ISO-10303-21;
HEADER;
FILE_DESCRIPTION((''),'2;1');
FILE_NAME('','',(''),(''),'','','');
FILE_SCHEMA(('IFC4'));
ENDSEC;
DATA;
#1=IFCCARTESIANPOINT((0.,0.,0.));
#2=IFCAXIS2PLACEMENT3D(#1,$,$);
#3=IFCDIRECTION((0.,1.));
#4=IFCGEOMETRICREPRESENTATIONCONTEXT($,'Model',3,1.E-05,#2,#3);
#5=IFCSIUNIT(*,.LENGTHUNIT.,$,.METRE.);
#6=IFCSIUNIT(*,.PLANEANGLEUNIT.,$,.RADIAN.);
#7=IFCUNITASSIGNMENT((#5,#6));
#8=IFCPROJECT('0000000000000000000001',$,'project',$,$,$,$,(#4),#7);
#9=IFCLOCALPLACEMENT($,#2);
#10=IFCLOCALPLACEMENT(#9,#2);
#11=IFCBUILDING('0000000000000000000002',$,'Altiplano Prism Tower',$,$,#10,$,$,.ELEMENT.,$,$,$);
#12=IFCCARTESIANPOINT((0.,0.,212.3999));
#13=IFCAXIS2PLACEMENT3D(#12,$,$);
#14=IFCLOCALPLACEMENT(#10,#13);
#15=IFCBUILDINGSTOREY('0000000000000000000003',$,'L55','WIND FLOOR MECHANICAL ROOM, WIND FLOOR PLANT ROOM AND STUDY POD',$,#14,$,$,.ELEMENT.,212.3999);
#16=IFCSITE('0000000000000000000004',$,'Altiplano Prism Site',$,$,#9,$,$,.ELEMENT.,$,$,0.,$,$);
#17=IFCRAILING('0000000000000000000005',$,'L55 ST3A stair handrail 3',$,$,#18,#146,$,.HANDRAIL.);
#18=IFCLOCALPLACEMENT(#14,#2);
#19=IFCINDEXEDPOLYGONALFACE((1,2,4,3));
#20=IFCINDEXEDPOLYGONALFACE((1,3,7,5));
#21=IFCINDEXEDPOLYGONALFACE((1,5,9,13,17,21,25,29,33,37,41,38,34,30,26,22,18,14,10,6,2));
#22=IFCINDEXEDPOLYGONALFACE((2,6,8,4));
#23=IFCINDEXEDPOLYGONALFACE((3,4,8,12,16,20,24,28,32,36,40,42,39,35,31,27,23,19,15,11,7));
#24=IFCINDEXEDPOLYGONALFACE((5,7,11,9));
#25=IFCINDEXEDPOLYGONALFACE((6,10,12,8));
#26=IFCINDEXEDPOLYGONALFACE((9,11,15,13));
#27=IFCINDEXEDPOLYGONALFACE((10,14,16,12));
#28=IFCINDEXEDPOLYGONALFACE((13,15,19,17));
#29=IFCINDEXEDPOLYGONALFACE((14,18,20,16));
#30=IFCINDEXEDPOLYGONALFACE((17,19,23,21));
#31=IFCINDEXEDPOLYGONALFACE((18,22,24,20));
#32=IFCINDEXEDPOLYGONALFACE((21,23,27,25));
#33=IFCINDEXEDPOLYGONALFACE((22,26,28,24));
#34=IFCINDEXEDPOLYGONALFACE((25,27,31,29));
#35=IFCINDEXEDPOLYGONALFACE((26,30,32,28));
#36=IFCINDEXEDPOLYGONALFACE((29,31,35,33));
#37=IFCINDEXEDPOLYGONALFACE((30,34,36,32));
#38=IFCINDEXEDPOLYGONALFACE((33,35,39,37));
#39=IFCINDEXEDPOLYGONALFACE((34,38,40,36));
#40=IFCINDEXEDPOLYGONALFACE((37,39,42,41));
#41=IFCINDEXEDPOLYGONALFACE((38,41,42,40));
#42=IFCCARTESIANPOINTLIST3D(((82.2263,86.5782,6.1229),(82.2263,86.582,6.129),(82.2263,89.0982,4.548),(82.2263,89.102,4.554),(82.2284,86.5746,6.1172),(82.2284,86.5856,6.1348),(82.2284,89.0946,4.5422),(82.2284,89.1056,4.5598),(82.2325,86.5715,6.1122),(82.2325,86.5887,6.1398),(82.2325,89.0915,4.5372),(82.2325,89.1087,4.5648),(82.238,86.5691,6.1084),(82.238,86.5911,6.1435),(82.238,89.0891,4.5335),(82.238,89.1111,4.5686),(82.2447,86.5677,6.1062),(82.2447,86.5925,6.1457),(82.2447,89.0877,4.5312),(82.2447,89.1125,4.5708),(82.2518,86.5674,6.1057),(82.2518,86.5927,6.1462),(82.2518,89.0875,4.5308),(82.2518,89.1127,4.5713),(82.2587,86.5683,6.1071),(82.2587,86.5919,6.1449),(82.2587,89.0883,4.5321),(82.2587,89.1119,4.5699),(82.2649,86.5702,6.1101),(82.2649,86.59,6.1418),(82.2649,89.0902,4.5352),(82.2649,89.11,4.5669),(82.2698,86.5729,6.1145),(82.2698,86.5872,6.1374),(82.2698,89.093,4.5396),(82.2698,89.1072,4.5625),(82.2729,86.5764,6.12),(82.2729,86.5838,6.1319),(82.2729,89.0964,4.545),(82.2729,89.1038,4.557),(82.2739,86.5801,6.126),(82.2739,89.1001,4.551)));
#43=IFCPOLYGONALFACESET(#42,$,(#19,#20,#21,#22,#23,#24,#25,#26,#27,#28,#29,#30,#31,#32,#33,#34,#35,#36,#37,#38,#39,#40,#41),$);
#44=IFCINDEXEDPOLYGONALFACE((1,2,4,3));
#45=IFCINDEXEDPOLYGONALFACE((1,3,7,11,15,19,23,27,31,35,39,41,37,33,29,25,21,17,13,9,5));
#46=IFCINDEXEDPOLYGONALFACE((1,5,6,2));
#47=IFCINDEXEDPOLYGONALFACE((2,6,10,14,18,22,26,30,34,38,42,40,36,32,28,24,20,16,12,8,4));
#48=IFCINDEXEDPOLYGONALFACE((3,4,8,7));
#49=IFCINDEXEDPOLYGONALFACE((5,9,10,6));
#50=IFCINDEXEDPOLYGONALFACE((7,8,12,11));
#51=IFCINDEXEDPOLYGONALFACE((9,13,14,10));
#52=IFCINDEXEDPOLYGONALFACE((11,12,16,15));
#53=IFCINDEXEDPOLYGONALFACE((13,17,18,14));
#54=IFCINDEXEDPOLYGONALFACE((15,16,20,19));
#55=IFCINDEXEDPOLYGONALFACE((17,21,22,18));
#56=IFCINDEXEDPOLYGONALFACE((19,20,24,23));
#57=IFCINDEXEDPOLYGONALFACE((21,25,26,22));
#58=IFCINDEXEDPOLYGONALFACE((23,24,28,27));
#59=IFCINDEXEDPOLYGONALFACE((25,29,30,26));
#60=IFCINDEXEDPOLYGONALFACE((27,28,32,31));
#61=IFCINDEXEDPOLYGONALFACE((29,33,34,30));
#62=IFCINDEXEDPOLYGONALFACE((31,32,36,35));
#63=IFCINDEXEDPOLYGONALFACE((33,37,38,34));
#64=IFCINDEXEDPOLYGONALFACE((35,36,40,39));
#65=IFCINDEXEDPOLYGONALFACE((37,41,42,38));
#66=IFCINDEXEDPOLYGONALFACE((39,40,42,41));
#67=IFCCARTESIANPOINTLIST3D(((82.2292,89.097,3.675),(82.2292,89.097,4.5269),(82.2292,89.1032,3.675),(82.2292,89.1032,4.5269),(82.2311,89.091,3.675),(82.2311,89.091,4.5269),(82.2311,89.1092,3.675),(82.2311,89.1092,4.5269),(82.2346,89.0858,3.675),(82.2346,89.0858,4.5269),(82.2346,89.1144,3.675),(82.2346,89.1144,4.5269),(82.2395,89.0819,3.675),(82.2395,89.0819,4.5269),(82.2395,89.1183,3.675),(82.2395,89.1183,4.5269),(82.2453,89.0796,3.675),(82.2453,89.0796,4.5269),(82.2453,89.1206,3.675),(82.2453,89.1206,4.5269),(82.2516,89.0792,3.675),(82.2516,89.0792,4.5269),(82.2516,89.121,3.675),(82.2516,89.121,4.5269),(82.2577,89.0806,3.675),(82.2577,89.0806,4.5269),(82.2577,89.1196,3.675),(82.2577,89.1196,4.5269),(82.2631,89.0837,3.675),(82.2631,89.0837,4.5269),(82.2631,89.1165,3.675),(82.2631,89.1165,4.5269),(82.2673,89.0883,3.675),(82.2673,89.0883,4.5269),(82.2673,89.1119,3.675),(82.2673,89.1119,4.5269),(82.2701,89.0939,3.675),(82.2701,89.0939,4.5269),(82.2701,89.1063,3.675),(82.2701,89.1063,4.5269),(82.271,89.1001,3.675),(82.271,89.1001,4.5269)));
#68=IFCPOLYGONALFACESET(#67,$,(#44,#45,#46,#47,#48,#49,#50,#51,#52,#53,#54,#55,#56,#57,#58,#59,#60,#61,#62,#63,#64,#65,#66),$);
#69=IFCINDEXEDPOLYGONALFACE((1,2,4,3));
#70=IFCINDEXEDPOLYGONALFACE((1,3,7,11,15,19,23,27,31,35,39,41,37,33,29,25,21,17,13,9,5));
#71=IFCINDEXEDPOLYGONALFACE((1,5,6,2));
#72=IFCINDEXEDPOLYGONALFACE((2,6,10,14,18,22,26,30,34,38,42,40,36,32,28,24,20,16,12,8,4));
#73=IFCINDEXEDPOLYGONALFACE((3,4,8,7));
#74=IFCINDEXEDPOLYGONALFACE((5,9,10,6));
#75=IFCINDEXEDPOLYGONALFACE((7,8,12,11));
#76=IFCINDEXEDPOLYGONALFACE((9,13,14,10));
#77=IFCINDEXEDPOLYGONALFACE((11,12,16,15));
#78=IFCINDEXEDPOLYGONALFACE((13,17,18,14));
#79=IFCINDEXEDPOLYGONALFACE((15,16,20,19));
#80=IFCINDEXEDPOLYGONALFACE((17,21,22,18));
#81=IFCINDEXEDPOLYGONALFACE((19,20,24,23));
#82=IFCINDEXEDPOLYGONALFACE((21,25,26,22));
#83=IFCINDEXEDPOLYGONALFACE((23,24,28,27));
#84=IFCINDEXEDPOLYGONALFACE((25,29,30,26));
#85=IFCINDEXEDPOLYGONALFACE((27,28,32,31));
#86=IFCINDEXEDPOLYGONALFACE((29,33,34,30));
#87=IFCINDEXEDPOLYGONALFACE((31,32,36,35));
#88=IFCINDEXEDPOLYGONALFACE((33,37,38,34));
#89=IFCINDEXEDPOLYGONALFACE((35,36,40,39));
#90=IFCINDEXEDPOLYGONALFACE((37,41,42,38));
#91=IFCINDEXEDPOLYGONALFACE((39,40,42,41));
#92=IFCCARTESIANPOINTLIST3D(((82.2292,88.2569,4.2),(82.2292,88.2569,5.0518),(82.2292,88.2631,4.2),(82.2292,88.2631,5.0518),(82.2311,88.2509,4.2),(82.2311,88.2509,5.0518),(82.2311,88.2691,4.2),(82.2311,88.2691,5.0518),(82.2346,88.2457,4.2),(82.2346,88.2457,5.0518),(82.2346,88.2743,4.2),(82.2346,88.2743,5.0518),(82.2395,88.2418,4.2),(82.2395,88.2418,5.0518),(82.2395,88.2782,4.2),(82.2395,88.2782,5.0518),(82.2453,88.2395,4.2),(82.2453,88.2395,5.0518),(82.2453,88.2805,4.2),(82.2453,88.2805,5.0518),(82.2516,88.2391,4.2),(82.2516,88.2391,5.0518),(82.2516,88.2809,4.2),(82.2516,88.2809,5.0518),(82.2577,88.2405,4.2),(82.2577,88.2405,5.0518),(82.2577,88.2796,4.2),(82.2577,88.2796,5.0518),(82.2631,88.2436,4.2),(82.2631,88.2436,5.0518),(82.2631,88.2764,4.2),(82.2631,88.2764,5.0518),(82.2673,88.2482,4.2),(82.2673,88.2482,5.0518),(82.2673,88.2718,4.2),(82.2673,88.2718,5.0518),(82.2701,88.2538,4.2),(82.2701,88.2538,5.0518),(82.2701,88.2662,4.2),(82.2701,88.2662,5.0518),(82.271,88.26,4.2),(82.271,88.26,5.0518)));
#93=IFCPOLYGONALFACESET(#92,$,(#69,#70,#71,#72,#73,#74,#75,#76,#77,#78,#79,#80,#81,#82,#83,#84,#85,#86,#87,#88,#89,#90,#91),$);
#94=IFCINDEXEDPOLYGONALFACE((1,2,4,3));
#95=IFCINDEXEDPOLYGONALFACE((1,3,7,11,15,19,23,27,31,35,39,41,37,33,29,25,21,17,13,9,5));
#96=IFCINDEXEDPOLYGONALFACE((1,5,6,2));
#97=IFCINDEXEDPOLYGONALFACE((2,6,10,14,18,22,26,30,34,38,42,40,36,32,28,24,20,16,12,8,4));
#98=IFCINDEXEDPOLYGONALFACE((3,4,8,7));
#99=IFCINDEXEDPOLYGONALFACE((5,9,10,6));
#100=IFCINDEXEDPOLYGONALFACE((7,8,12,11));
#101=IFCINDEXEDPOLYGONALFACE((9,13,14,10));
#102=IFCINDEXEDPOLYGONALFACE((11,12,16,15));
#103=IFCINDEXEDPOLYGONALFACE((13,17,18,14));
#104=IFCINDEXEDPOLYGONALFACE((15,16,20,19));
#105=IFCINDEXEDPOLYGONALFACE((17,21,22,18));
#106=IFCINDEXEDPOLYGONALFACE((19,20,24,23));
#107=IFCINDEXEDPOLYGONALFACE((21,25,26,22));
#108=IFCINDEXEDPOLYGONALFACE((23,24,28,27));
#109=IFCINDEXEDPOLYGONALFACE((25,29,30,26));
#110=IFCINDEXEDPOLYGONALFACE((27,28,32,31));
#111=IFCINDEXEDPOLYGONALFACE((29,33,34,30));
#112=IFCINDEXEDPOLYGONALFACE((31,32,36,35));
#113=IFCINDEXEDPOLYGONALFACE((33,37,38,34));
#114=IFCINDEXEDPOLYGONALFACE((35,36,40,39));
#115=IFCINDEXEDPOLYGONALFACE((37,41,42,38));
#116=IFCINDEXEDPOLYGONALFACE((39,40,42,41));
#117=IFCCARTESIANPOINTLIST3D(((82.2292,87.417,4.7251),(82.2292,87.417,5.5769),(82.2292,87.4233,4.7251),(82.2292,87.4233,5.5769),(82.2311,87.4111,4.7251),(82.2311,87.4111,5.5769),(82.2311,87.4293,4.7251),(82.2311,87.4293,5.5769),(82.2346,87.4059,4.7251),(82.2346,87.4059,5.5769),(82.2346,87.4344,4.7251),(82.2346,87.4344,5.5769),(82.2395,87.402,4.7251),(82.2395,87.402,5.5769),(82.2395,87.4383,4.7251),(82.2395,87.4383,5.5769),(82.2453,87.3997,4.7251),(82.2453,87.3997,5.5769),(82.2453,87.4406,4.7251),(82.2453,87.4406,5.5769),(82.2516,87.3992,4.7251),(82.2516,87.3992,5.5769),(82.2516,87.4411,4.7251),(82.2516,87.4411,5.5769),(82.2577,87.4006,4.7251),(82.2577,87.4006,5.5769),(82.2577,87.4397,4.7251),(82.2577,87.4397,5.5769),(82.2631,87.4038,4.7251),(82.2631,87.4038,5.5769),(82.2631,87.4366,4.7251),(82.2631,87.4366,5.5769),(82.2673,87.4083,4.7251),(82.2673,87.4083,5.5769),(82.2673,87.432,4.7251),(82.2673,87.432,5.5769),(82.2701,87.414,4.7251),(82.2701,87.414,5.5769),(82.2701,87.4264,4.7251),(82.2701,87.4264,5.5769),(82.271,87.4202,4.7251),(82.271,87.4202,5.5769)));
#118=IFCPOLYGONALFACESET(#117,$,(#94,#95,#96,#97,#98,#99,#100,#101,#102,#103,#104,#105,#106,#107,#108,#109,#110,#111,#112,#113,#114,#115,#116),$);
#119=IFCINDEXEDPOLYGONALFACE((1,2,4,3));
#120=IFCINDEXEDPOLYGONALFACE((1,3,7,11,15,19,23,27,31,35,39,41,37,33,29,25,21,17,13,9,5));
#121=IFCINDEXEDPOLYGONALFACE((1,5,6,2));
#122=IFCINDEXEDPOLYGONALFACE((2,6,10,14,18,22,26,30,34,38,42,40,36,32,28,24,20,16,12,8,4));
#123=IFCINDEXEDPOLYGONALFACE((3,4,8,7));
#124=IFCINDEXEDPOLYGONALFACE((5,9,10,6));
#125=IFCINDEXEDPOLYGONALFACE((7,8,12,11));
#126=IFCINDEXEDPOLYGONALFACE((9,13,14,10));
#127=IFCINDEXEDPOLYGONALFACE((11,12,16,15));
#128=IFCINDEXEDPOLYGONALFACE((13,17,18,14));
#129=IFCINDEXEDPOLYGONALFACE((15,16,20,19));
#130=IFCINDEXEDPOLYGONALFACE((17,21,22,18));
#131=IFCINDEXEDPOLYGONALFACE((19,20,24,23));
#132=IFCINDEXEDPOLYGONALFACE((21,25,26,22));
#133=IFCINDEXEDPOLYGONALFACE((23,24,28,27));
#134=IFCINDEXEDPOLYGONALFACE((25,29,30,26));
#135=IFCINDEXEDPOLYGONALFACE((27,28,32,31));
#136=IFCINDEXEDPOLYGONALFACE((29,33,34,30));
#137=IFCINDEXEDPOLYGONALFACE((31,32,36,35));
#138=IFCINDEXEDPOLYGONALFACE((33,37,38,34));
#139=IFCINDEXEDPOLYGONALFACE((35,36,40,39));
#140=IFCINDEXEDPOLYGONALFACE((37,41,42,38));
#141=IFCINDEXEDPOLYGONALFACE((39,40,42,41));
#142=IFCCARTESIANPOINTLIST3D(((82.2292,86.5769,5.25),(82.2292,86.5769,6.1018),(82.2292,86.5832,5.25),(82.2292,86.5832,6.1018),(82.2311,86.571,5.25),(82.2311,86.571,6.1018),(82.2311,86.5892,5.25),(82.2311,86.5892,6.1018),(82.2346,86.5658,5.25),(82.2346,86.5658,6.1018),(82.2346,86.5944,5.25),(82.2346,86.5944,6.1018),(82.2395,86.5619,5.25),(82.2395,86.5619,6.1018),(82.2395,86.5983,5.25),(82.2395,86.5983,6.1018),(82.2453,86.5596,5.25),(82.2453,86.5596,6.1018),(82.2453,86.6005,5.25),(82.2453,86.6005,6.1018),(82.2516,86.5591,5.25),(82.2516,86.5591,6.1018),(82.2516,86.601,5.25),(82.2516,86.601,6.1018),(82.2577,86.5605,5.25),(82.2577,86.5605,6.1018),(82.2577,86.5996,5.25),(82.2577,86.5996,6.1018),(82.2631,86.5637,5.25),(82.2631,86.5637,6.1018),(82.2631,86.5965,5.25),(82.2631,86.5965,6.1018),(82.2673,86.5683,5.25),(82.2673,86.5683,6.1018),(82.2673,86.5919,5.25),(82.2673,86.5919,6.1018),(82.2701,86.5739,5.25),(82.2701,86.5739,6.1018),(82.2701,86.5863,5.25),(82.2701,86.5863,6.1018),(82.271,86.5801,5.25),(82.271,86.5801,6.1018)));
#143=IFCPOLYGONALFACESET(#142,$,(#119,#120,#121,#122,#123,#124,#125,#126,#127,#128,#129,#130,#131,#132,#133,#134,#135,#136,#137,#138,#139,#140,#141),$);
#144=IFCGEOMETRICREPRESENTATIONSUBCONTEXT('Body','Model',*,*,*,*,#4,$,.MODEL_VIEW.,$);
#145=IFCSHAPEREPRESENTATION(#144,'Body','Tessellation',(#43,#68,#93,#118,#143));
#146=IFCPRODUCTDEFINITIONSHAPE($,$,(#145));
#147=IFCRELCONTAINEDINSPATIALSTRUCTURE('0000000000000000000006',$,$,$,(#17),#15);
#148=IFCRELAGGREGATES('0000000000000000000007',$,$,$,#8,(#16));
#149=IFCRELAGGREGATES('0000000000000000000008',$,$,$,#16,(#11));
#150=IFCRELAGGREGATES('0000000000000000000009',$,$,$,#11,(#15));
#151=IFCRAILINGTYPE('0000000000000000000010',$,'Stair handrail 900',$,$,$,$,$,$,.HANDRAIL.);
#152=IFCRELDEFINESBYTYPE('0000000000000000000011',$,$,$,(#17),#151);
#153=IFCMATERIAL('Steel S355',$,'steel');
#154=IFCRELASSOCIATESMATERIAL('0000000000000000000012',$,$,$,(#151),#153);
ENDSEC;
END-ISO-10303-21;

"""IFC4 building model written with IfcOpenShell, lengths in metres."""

from ifc_helpers import new_model, si_unit, direction, frame, origin, origin_2d, place, context, subcontext, project, spatial, circle, extrude, material, type_object, element, save


model = new_model("IFC4")

# Units and contexts
model_context = context("Model", 3, precision=1e-05, world=origin(), true_north=direction((0.0, 1.0)))
body_context = subcontext(model_context, "Body", "Model", "MODEL_VIEW")
ifc_project = project(units=[si_unit("LENGTHUNIT", "METRE"), si_unit("PLANEANGLEUNIT", "RADIAN")], contexts=[model_context])

# Site, building, storey
site_placement = place(None, origin())
site = spatial("IfcSite", under=ifc_project, at=site_placement, Name="Altiplano Prism Site", CompositionType="ELEMENT", RefElevation=0.0)
building_placement = place(site_placement, origin())
building = spatial("IfcBuilding", under=site, at=building_placement, Name="Altiplano Prism Tower", CompositionType="ELEMENT")
storey_placement = place(building_placement, frame((0.0, 0.0, 212.3999)))
storey = spatial("IfcBuildingStorey", under=building, at=storey_placement, Name="L55", Description="WIND FLOOR MECHANICAL ROOM, WIND FLOOR PLANT ROOM AND STUDY POD", CompositionType="ELEMENT", Elevation=212.3999)

# Shared definitions
ifc_material_1 = material(Name="Steel S355", Category="steel")

# Railing
railing_type_1 = type_object("IfcRailingType", Name="Stair handrail 900", PredefinedType="HANDRAIL", material=ifc_material_1)
for number, where, name in (
    (1, (82.25, 89.1001, 3.675), "L55 ST3A stair handrail 3"),
):
    element("IfcRailing", number, at=place(storey_placement, frame(where)), inside=storey, type_object=railing_type_1, Name=name, PredefinedType="HANDRAIL", context=body_context, shape_type="SweptSolid", body=[
        extrude(circle(Radius=0.0239, at=origin_2d()), frame((0.0, 0.0, 0.876), z_axis=(0.0, -0.848008, 0.529984), x_axis=(1.0, 0.0, 0.0)), (0.0, 0.0, 1.0), 2.9717),
        extrude(circle(Radius=0.021, at=origin_2d()), origin(), (0.0, 0.0, 1.0), 0.8518),
        extrude(circle(Radius=0.021, at=origin_2d()), frame((0.0, -0.8401, 0.5249)), (0.0, 0.0, 1.0), 0.8518),
        extrude(circle(Radius=0.021, at=origin_2d()), frame((0.0, -1.6799, 1.05)), (0.0, 0.0, 1.0), 0.8518),
        extrude(circle(Radius=0.021, at=origin_2d()), frame((0.0, -2.52, 1.575)), (0.0, 0.0, 1.0), 0.8518),
    ])

save(model, "model.ifc")
